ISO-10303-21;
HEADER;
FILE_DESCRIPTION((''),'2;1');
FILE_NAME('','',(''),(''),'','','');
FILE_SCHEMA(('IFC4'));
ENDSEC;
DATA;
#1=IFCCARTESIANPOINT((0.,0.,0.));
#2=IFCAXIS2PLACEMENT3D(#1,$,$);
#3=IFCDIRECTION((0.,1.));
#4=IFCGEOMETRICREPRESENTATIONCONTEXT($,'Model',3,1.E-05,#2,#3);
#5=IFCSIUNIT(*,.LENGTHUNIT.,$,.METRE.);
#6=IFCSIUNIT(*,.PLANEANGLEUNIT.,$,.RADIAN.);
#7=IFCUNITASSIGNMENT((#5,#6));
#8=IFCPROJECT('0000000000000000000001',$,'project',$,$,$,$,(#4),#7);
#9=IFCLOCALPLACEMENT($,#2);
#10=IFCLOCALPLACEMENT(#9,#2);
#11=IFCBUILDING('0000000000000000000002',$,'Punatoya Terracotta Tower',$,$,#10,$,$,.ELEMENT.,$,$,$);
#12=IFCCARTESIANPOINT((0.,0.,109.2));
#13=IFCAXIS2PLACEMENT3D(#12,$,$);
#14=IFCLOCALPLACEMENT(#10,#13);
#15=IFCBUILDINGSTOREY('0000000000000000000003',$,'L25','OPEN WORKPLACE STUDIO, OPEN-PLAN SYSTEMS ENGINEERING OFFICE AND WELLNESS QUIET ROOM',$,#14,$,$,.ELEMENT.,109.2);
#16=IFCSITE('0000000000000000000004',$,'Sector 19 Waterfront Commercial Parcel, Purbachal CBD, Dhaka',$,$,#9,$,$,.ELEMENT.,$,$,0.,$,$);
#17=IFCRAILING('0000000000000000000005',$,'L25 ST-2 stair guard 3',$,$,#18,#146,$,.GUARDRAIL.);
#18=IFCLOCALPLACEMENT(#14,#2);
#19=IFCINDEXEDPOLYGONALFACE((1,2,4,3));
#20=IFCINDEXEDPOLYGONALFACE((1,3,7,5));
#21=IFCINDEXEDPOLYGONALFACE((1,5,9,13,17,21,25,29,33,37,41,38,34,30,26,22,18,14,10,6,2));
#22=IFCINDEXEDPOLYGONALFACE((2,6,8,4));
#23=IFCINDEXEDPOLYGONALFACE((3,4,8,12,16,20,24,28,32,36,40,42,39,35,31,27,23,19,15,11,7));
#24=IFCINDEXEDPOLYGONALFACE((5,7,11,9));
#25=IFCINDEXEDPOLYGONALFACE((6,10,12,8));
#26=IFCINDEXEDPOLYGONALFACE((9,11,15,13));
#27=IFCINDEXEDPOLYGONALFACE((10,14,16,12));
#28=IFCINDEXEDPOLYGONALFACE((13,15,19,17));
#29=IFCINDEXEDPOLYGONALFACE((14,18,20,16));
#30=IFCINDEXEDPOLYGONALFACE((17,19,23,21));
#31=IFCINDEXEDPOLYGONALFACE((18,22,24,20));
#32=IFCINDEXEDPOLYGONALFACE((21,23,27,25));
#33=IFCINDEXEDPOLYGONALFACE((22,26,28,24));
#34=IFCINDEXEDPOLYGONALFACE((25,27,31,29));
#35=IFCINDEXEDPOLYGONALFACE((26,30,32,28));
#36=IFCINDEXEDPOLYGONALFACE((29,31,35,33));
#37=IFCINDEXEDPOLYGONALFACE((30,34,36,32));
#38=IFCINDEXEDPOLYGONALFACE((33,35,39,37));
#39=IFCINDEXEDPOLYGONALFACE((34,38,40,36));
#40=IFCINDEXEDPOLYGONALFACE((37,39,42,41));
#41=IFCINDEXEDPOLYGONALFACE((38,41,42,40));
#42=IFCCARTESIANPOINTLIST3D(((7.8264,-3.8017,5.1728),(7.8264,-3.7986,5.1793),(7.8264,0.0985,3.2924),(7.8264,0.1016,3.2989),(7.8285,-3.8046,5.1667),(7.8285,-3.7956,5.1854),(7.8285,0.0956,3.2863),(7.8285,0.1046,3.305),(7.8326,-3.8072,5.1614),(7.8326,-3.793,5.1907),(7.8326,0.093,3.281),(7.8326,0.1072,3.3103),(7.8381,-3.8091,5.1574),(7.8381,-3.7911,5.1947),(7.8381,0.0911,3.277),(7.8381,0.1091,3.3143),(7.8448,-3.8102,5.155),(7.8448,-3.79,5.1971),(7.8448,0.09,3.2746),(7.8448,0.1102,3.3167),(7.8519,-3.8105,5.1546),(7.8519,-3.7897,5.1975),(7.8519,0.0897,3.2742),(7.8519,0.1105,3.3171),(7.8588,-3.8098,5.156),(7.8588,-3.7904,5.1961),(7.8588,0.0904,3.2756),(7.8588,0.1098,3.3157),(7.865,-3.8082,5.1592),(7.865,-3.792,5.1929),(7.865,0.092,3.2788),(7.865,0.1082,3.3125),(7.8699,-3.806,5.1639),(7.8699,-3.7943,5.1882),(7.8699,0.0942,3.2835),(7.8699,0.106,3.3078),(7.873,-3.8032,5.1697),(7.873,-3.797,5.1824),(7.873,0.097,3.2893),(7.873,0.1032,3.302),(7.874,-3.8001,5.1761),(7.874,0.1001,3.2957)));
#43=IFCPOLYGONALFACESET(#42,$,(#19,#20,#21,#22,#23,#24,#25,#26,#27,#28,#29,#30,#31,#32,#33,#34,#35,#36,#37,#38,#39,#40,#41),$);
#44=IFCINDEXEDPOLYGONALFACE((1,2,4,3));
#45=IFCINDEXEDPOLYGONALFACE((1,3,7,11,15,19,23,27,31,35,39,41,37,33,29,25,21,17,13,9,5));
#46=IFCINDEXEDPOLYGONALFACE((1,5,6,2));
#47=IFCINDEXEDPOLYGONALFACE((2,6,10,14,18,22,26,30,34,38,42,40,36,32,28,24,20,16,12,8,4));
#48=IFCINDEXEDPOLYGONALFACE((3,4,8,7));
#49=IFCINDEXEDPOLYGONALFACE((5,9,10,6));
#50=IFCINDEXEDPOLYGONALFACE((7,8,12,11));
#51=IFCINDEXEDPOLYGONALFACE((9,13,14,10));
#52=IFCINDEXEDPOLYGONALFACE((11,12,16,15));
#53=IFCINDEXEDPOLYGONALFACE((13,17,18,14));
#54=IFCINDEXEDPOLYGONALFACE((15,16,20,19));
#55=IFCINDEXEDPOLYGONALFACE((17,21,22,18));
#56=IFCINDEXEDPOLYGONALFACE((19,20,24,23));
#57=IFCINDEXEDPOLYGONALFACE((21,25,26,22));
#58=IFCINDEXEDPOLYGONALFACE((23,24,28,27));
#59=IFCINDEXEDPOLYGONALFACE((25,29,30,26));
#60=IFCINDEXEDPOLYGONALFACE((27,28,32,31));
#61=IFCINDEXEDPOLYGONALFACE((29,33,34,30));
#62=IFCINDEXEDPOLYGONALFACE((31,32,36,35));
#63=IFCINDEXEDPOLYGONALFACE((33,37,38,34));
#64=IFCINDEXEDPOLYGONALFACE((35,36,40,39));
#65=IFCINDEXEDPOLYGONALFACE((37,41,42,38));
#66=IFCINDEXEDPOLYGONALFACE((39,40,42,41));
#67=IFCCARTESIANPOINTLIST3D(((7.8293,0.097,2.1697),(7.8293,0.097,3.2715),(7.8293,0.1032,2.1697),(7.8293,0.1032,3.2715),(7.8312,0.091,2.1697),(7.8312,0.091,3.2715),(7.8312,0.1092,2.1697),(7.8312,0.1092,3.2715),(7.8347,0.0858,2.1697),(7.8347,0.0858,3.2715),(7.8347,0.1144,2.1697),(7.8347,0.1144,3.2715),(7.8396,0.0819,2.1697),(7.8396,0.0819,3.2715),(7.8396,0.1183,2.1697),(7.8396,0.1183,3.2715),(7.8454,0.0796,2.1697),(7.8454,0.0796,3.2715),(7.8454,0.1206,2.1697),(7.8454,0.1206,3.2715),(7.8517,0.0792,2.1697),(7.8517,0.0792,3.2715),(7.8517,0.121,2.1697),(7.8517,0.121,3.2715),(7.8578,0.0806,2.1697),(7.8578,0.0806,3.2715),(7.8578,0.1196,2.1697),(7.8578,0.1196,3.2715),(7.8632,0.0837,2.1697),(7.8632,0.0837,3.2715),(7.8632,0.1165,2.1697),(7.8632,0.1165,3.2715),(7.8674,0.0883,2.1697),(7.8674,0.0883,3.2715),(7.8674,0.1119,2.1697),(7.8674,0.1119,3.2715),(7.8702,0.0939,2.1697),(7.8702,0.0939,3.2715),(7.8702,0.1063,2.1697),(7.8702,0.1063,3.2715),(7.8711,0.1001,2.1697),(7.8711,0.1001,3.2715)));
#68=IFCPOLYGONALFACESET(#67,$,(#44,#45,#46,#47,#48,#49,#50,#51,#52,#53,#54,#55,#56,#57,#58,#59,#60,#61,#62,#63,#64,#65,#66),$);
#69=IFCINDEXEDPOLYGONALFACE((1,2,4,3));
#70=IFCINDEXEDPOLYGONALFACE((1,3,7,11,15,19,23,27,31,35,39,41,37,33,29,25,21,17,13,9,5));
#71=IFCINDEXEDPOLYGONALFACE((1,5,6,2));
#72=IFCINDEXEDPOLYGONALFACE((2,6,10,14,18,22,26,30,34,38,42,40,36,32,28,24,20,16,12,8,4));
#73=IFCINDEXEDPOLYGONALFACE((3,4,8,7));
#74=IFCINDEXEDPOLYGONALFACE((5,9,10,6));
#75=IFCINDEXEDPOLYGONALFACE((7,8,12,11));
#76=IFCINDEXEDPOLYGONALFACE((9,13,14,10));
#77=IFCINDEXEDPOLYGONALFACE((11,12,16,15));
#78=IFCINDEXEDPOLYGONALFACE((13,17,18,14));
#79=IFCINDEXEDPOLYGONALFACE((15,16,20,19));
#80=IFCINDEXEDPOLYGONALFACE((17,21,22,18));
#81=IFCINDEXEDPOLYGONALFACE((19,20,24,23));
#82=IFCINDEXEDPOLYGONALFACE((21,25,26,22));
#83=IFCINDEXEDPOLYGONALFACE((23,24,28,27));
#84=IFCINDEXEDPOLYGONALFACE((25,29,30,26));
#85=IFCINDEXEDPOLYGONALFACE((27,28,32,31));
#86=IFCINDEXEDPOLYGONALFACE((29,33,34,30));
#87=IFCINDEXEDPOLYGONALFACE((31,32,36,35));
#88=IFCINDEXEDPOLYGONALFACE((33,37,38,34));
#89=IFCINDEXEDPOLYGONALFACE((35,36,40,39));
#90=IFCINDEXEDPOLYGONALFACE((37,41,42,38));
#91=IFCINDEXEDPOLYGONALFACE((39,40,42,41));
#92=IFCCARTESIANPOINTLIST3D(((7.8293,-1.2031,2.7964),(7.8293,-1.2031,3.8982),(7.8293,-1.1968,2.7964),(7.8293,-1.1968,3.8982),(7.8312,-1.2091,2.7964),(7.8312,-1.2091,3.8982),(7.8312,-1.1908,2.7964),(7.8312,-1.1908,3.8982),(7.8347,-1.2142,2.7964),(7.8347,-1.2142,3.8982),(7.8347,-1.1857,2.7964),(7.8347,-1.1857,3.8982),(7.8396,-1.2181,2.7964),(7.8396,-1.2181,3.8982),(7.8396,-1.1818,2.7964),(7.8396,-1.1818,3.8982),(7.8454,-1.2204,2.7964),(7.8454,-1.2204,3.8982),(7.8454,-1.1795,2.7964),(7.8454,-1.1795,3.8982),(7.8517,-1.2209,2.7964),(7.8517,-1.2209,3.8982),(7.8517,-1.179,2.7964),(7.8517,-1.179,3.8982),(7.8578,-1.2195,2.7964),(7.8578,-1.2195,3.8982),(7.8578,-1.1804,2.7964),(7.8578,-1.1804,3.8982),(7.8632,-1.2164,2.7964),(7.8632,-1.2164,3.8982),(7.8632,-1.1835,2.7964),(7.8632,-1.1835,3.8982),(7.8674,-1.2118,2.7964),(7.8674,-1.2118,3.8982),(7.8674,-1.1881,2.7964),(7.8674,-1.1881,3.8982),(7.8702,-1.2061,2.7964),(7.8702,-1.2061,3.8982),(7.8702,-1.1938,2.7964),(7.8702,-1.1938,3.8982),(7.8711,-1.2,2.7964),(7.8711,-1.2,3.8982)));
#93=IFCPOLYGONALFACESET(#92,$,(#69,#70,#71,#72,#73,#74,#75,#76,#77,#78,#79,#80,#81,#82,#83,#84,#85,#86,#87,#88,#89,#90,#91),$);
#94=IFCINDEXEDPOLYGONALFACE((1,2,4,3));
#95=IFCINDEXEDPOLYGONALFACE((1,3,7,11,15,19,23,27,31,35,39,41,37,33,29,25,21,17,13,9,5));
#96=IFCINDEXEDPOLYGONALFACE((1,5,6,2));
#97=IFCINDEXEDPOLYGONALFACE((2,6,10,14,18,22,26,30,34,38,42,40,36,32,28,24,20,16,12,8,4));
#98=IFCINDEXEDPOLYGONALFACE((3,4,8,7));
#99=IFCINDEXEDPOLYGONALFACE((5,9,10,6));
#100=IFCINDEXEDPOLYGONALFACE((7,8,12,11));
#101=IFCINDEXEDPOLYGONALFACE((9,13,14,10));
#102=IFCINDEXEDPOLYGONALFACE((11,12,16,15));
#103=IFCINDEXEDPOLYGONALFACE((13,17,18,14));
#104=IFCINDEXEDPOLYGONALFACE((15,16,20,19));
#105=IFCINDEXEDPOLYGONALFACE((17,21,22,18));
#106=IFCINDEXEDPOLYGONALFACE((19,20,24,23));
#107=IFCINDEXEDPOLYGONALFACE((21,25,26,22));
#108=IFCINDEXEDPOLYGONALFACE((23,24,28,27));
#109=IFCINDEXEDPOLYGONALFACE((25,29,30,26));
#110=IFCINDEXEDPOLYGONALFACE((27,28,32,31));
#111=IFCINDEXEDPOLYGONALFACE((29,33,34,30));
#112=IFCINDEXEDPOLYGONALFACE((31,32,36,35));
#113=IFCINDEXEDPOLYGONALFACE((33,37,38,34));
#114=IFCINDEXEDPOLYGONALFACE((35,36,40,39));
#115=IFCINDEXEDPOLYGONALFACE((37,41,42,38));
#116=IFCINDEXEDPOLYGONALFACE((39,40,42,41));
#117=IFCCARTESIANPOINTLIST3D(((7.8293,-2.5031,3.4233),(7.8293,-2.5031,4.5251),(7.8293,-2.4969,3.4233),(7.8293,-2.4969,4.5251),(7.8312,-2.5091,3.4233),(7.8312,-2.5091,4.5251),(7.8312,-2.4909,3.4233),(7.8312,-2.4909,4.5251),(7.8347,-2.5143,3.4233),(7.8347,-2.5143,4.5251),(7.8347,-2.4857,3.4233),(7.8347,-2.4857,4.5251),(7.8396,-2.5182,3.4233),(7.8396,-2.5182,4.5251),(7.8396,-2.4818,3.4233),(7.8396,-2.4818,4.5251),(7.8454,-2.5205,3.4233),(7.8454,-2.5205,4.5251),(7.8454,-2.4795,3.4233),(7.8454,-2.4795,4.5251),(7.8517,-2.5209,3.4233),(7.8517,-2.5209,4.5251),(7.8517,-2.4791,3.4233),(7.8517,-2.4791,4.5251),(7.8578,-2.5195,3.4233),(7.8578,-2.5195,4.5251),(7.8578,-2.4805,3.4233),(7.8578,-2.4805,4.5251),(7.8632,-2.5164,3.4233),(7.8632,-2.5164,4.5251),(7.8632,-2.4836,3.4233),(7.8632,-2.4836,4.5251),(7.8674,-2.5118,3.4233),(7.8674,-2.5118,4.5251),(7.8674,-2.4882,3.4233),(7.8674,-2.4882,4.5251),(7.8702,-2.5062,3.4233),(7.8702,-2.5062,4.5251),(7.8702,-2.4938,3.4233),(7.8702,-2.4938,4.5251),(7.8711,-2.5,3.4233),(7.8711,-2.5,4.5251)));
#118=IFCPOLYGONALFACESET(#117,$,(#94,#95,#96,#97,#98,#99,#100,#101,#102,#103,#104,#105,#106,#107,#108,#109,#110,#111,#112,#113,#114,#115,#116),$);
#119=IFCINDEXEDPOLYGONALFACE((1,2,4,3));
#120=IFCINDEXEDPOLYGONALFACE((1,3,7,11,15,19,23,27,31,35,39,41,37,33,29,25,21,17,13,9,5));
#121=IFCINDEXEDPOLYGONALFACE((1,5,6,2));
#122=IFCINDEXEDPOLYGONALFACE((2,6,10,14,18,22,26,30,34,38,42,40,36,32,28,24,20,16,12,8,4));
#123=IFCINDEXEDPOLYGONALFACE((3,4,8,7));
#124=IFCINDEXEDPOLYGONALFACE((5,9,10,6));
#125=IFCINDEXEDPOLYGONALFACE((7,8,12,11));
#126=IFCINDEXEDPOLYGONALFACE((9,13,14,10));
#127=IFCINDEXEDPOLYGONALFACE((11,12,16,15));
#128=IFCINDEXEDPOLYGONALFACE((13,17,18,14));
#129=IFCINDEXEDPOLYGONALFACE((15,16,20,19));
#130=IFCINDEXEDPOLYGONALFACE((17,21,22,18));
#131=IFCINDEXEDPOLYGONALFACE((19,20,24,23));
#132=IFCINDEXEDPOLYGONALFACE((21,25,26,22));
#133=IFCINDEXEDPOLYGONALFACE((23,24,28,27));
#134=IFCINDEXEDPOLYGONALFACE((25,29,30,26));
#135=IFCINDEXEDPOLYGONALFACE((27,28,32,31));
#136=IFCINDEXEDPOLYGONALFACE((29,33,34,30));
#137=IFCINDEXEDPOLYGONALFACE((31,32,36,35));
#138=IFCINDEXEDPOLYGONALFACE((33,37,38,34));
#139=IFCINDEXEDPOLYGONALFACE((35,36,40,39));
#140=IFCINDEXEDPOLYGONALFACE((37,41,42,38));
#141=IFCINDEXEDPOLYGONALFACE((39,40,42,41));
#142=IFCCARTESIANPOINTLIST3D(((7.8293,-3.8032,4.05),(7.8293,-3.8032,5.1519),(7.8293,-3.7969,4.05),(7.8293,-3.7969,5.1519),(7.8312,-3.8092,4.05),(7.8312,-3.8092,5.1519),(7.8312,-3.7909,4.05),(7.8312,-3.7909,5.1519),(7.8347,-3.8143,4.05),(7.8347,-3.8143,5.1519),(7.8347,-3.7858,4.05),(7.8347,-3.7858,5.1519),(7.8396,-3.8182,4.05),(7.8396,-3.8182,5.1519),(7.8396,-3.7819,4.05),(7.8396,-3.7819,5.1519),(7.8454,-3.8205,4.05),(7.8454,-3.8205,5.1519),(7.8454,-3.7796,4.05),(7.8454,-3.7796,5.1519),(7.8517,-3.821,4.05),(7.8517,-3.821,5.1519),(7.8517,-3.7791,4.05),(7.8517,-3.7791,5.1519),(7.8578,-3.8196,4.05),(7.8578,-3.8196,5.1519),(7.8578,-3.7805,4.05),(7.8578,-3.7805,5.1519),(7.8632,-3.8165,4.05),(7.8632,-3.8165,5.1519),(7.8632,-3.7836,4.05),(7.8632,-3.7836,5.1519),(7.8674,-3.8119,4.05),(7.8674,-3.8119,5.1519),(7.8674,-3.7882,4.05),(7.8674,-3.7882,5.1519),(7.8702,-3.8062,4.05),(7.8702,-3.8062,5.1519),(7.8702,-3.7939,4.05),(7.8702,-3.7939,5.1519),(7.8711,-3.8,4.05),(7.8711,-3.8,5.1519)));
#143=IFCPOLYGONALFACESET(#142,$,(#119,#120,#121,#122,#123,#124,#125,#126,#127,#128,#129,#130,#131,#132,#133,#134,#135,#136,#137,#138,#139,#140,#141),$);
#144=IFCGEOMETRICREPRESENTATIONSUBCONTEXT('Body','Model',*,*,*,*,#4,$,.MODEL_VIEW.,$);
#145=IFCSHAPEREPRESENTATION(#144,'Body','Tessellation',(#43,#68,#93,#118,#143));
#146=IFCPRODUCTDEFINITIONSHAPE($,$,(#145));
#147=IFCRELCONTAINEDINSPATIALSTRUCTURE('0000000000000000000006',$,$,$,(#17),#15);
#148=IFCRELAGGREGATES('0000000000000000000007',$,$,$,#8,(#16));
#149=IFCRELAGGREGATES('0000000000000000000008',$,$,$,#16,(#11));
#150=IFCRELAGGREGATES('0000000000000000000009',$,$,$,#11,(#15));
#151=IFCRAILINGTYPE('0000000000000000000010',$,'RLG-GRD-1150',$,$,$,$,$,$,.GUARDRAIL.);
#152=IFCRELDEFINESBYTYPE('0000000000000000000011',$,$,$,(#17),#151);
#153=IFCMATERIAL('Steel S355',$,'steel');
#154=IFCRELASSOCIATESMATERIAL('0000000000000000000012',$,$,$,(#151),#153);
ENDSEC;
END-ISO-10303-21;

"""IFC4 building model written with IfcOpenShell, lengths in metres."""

from ifc_helpers import new_model, si_unit, direction, frame, origin, origin_2d, place, context, subcontext, project, spatial, circle, extrude, material, type_object, element, save


model = new_model("IFC4")

# Units and contexts
model_context = context("Model", 3, precision=1e-05, world=origin(), true_north=direction((0.0, 1.0)))
body_context = subcontext(model_context, "Body", "Model", "MODEL_VIEW")
ifc_project = project(units=[si_unit("LENGTHUNIT", "METRE"), si_unit("PLANEANGLEUNIT", "RADIAN")], contexts=[model_context])

# Site, building, storey
site_placement = place(None, origin())
site = spatial("IfcSite", under=ifc_project, at=site_placement, Name="Sector 19 Waterfront Commercial Parcel, Purbachal CBD, Dhaka", CompositionType="ELEMENT", RefElevation=0.0)
building_placement = place(site_placement, origin())
building = spatial("IfcBuilding", under=site, at=building_placement, Name="Punatoya Terracotta Tower", CompositionType="ELEMENT")
storey_placement = place(building_placement, frame((0.0, 0.0, 109.2)))
storey = spatial("IfcBuildingStorey", under=building, at=storey_placement, Name="L25", Description="OPEN WORKPLACE STUDIO, OPEN-PLAN SYSTEMS ENGINEERING OFFICE AND WELLNESS QUIET ROOM", CompositionType="ELEMENT", Elevation=109.2)

# Shared definitions
ifc_material_1 = material(Name="Steel S355", Category="steel")

# Railing
railing_type_1 = type_object("IfcRailingType", Name="RLG-GRD-1150", PredefinedType="GUARDRAIL", material=ifc_material_1)
railing_1_placement = place(storey_placement, frame((7.8501, 0.1001, 2.1697)))
element("IfcRailing", 1, at=railing_1_placement, inside=storey, type_object=railing_type_1, Name="L25 ST-2 stair guard 3", PredefinedType="GUARDRAIL", context=body_context, shape_type="SweptSolid", body=[
    extrude(circle(Radius=0.0239, at=origin_2d()), frame((0.0, 0.0, 1.126), z_axis=(0.0, -0.900774, 0.434289), x_axis=(1.0, 0.0, 0.0)), (0.0, 0.0, 1.0), 4.3298),
    extrude(circle(Radius=0.021, at=origin_2d()), origin(), (0.0, 0.0, 1.0), 1.1018),
    extrude(circle(Radius=0.021, at=origin_2d()), frame((0.0, -1.3, 0.6267)), (0.0, 0.0, 1.0), 1.1018),
    extrude(circle(Radius=0.021, at=origin_2d()), frame((0.0, -2.6001, 1.2537)), (0.0, 0.0, 1.0), 1.1018),
    extrude(circle(Radius=0.021, at=origin_2d()), frame((0.0, -3.9001, 1.8804)), (0.0, 0.0, 1.0), 1.1018),
])

save(model, "model.ifc")
